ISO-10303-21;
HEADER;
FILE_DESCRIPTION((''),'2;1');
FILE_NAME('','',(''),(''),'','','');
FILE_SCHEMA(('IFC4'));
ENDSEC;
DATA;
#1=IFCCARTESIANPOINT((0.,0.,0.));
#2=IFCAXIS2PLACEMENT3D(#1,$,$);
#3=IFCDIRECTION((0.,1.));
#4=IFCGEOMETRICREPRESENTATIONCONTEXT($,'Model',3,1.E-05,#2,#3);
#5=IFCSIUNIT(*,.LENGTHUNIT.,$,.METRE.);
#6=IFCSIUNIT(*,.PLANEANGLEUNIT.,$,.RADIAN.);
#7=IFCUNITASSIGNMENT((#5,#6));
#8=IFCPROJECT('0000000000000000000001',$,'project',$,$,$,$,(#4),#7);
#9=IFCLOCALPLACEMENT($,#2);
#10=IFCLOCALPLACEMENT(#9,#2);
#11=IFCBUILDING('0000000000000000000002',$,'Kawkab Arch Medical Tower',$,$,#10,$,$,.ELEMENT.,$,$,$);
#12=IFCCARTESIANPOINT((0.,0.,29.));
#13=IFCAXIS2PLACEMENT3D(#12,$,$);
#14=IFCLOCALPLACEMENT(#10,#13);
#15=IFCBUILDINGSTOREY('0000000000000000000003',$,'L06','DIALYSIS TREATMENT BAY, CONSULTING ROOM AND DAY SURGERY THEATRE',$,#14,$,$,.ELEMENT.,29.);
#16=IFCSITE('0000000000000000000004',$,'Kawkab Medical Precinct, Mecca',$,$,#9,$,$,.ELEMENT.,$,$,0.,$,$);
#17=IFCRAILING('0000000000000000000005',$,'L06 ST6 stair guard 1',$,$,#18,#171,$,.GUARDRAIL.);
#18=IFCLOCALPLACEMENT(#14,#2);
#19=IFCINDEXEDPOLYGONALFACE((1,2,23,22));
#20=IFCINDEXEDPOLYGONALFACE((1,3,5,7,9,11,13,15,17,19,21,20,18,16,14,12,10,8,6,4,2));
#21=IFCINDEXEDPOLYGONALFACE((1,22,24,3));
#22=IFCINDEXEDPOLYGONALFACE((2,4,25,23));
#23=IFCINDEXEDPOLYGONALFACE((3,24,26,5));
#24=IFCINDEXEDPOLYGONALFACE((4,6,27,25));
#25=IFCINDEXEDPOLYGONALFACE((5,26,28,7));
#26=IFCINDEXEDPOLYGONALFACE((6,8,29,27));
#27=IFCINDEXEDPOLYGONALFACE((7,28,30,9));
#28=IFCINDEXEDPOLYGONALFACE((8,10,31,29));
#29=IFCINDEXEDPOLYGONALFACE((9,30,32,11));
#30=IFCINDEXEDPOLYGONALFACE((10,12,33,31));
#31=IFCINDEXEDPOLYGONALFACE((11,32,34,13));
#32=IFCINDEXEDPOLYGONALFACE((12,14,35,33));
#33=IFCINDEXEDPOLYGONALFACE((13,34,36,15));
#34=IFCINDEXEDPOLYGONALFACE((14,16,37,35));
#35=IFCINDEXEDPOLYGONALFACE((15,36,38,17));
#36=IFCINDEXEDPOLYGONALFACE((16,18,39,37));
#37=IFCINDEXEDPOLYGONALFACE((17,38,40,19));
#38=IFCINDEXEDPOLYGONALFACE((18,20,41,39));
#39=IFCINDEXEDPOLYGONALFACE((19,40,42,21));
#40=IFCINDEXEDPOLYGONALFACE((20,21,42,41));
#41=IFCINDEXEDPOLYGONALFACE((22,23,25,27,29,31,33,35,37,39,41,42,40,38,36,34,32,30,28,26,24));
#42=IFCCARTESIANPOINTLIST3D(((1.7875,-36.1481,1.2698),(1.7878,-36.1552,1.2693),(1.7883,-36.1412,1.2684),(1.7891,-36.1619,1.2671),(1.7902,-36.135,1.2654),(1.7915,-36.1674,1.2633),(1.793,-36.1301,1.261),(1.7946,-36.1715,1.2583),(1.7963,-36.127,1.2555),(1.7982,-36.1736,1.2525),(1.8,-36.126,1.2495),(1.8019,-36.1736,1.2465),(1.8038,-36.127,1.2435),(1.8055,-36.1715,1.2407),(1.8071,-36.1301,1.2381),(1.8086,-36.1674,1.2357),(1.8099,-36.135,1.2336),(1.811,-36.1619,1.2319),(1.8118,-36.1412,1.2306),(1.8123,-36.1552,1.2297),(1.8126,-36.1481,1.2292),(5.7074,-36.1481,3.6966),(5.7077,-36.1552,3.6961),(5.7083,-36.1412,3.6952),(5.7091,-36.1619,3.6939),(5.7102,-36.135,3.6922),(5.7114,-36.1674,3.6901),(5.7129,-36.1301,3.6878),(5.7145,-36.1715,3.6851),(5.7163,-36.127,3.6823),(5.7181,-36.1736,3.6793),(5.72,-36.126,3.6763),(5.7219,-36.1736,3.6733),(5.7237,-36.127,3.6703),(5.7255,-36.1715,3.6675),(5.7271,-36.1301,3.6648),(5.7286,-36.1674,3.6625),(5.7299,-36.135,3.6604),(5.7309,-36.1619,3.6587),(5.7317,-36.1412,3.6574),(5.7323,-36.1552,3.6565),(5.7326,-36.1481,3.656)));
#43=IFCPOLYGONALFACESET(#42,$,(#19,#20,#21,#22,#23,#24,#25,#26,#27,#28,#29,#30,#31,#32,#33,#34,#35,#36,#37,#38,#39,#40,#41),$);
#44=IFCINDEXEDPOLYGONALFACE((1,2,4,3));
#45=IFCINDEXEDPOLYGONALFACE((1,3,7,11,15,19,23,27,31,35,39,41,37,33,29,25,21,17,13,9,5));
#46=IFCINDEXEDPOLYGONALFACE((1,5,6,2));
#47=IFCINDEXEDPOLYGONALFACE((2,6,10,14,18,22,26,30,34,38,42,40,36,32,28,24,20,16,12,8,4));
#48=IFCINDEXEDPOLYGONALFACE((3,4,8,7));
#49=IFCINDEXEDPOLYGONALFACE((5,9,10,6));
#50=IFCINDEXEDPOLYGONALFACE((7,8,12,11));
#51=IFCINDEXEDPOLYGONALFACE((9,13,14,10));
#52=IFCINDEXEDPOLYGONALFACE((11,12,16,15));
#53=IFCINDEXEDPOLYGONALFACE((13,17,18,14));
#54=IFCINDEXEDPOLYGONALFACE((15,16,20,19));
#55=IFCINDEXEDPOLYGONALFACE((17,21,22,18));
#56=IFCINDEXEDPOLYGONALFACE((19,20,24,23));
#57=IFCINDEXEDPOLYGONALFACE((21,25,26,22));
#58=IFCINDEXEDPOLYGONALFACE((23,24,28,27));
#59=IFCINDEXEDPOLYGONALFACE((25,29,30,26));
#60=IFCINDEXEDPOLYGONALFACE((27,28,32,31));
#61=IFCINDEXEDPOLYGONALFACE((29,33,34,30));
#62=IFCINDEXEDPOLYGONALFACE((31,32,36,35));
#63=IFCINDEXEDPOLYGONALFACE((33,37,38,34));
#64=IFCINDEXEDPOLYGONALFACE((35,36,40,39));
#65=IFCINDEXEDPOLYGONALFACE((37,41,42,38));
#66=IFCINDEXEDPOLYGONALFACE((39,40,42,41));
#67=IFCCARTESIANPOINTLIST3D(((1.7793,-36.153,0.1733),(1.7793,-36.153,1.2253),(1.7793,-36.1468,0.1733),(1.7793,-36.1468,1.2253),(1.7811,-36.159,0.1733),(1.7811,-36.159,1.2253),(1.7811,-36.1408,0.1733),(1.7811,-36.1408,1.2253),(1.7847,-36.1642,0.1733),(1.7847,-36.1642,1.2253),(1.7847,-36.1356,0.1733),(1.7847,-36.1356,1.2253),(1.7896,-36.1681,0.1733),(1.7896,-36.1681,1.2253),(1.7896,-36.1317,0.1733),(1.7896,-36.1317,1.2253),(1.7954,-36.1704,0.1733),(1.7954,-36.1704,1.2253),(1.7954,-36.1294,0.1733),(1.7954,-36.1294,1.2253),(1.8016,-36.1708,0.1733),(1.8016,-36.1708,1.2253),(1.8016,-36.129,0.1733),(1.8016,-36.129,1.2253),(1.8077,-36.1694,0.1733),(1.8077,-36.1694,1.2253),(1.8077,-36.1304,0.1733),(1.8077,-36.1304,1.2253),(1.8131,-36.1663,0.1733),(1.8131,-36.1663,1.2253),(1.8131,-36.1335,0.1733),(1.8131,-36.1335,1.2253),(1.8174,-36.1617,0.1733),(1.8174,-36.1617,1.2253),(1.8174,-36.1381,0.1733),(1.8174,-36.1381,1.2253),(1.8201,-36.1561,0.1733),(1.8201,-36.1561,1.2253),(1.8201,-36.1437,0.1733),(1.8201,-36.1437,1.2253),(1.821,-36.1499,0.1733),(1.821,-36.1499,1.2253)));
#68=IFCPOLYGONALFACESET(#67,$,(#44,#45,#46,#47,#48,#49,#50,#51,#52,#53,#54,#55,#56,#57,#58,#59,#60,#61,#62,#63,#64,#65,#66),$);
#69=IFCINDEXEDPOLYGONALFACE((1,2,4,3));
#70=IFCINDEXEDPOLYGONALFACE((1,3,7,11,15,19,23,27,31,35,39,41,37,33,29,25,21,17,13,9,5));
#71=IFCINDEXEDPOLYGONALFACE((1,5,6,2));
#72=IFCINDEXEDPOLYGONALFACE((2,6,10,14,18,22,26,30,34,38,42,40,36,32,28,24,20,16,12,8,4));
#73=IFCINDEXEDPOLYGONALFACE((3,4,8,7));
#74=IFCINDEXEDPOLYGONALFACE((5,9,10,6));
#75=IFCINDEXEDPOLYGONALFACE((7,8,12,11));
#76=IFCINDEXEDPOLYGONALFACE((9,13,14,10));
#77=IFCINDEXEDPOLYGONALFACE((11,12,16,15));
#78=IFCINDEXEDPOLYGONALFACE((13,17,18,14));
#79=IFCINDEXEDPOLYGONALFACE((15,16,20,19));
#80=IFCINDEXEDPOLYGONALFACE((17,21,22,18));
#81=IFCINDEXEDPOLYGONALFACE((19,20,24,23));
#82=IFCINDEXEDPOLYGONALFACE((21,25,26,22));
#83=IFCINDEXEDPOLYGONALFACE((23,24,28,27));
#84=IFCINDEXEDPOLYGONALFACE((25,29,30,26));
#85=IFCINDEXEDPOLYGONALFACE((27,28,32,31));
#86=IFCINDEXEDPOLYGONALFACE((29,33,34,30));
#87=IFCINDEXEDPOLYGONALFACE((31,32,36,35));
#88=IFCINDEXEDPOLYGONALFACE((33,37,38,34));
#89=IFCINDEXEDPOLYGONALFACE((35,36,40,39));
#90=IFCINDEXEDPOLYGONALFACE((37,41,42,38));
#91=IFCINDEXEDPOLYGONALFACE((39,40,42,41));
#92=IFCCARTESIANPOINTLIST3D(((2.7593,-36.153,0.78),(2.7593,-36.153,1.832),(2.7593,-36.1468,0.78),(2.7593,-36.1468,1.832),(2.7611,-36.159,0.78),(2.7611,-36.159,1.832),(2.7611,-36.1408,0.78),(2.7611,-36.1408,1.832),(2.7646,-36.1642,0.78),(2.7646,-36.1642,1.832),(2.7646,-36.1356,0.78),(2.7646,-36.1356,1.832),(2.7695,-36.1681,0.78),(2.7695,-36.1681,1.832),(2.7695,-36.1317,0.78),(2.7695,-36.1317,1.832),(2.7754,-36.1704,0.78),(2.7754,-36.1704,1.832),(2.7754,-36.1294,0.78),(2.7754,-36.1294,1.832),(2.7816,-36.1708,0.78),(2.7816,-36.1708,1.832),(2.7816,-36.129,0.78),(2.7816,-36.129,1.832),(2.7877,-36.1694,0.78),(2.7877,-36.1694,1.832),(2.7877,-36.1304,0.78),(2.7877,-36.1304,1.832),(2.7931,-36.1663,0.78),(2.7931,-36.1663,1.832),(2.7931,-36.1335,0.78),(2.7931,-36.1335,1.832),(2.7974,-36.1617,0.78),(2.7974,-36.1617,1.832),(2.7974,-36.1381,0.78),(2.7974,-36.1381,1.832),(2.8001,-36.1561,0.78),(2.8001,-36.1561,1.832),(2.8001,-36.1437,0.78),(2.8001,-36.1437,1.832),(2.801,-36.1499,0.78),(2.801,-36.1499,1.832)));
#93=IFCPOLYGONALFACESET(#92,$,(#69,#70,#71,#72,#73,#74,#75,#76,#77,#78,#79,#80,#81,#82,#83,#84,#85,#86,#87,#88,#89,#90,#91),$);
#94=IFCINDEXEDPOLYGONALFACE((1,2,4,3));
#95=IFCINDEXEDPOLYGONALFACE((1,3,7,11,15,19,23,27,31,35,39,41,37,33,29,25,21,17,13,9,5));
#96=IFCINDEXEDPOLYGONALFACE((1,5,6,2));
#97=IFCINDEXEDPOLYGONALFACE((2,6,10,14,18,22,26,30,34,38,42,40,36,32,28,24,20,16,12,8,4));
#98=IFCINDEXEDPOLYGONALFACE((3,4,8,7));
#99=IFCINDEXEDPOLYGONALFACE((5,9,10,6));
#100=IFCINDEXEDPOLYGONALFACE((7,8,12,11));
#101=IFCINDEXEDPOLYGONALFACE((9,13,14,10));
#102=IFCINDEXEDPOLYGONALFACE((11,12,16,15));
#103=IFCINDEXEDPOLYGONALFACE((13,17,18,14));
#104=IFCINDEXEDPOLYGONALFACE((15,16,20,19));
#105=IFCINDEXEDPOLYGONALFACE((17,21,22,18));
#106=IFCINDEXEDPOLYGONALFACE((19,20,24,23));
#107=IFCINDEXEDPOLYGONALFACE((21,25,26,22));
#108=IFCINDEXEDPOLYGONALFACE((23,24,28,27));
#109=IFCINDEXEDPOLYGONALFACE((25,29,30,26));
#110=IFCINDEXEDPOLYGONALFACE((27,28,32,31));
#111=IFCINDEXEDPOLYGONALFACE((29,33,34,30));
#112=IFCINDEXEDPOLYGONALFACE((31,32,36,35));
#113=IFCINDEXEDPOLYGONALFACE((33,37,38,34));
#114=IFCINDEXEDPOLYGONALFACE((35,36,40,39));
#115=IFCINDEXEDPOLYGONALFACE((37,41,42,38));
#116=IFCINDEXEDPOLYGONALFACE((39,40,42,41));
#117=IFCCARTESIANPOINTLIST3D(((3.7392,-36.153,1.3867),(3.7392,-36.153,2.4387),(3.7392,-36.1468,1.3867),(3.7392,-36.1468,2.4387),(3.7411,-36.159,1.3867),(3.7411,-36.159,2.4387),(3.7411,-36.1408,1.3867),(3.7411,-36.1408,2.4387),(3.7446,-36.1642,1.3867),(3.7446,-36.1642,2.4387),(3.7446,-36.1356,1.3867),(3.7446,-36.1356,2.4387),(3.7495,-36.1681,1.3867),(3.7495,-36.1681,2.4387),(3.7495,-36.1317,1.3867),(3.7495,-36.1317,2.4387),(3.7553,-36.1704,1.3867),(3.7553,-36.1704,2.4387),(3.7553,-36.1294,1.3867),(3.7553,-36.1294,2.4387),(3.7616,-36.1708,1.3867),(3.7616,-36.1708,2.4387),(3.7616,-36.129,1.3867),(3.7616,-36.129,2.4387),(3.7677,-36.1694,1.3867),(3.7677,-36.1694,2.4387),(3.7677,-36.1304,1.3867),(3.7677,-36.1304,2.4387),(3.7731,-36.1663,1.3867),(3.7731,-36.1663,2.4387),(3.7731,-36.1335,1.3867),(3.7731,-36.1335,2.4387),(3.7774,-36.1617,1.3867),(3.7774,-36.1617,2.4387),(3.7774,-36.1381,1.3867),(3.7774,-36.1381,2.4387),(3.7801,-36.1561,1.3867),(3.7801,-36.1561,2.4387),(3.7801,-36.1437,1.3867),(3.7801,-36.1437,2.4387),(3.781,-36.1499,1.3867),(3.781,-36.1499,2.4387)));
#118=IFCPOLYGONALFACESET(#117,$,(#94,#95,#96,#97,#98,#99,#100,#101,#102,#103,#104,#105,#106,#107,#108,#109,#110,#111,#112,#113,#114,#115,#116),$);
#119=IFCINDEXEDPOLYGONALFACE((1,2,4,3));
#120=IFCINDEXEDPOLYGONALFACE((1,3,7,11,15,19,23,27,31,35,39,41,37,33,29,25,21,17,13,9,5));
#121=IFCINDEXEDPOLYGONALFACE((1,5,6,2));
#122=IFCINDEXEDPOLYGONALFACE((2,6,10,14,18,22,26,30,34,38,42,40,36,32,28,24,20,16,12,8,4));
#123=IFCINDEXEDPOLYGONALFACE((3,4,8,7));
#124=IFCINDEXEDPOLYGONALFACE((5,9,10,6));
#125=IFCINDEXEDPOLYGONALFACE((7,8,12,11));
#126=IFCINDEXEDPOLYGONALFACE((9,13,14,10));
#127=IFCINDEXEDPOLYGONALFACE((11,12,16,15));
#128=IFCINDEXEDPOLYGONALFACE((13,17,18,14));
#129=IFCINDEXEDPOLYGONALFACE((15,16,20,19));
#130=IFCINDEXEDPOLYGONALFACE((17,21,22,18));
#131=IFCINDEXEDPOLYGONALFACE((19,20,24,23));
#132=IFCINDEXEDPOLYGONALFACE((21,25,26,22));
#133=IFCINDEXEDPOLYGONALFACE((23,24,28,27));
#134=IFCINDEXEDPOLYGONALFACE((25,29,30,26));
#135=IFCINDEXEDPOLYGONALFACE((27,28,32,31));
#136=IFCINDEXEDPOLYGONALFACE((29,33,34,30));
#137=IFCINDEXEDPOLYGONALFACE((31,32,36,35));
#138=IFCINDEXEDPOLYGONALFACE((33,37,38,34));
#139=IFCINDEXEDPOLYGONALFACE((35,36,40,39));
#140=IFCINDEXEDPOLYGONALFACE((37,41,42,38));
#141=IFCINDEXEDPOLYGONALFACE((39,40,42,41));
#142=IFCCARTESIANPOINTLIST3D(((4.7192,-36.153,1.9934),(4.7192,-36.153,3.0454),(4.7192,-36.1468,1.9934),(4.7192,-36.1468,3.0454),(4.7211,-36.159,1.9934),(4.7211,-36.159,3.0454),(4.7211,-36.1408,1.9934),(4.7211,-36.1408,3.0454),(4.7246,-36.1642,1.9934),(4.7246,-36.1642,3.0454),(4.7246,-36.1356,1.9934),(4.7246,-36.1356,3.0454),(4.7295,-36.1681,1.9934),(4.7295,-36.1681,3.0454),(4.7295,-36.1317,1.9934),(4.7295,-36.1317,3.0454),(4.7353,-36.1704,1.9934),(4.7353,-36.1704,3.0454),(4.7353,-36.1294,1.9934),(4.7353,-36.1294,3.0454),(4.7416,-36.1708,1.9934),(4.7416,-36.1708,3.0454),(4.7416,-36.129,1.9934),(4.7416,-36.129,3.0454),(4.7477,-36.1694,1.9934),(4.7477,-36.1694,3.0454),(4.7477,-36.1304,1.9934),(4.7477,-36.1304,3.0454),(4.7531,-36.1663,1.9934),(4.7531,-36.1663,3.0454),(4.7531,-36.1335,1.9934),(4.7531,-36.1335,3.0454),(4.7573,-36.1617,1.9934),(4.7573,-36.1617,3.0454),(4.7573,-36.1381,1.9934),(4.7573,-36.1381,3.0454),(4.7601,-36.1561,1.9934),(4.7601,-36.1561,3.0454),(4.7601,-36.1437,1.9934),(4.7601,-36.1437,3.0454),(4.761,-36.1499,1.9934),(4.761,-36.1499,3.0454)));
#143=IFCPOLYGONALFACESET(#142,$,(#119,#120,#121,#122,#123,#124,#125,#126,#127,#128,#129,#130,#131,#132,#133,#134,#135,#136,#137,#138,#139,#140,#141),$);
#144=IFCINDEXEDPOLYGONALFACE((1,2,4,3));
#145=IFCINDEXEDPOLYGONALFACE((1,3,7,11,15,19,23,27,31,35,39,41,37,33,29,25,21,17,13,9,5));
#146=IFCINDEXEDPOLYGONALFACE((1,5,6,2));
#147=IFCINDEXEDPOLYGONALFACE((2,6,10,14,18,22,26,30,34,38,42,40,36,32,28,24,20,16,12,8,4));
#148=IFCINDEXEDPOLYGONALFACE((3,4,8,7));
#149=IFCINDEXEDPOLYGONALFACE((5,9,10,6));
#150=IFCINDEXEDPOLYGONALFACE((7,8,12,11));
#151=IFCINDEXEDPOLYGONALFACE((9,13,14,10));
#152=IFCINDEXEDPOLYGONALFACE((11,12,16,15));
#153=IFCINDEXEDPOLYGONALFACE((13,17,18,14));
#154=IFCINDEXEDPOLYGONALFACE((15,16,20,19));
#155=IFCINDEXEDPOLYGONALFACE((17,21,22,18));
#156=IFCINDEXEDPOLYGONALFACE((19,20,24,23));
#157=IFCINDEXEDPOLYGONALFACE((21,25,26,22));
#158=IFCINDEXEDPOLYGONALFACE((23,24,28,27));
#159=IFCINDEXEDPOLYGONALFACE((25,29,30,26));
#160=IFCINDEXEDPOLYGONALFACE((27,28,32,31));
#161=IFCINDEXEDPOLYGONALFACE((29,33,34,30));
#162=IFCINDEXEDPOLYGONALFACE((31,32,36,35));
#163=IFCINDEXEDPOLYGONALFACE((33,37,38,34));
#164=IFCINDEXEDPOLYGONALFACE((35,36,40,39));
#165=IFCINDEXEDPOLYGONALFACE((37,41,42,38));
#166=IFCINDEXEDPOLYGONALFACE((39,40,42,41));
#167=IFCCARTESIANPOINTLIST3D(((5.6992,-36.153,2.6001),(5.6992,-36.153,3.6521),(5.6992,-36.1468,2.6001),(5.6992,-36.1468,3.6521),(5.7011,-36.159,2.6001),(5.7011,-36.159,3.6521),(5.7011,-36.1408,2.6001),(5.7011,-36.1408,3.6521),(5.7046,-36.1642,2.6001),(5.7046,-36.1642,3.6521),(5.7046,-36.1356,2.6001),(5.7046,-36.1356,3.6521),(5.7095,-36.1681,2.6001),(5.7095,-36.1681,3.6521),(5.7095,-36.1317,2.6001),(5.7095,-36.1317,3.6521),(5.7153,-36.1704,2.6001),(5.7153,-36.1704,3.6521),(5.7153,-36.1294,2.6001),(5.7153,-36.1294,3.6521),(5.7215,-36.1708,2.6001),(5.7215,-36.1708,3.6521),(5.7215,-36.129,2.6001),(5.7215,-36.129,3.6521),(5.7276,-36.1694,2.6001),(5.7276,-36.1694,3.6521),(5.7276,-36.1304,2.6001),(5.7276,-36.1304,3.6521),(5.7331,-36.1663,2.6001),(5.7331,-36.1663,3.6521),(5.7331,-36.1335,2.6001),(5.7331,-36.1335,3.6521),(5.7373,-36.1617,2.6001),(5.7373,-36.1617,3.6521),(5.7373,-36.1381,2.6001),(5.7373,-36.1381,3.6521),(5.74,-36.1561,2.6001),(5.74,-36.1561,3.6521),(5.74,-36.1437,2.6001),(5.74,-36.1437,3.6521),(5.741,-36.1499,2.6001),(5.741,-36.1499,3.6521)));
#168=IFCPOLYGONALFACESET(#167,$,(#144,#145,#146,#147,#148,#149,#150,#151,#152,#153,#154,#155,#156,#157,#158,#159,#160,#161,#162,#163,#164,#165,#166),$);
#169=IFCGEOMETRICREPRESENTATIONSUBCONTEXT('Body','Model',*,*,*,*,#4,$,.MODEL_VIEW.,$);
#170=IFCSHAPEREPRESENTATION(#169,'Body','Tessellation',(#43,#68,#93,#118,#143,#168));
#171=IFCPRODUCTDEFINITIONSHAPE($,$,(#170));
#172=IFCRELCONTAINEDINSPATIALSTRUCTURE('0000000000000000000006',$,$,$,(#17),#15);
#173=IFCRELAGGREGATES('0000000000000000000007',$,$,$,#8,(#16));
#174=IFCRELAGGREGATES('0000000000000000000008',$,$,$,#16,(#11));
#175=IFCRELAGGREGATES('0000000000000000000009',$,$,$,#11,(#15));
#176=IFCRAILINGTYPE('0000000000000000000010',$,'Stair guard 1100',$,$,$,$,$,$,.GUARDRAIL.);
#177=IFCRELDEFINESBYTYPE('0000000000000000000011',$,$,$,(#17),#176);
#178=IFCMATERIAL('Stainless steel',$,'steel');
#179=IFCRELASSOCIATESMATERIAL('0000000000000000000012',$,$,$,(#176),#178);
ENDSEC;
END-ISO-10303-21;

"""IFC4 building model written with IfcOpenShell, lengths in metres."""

from ifc_helpers import new_model, si_unit, direction, frame, origin, origin_2d, place, context, subcontext, project, spatial, circle, extrude, material, type_object, element, save


model = new_model("IFC4")

# Units and contexts
model_context = context("Model", 3, precision=1e-05, world=origin(), true_north=direction((0.0, 1.0)))
body_context = subcontext(model_context, "Body", "Model", "MODEL_VIEW")
ifc_project = project(units=[si_unit("LENGTHUNIT", "METRE"), si_unit("PLANEANGLEUNIT", "RADIAN")], contexts=[model_context])

# Site, building, storey
site_placement = place(None, origin())
site = spatial("IfcSite", under=ifc_project, at=site_placement, Name="Kawkab Medical Precinct, Mecca", CompositionType="ELEMENT", RefElevation=0.0)
building_placement = place(site_placement, origin())
building = spatial("IfcBuilding", under=site, at=building_placement, Name="Kawkab Arch Medical Tower", CompositionType="ELEMENT")
storey_placement = place(building_placement, frame((0.0, 0.0, 29.0)))
storey = spatial("IfcBuildingStorey", under=building, at=storey_placement, Name="L06", Description="DIALYSIS TREATMENT BAY, CONSULTING ROOM AND DAY SURGERY THEATRE", CompositionType="ELEMENT", Elevation=29.0)

# Railing
ifc_material_1 = material(Name="Stainless steel", Category="steel")
railing_type = type_object("IfcRailingType", Name="Stair guard 1100", PredefinedType="GUARDRAIL", material=ifc_material_1)
railing_1_placement = place(storey_placement, frame((1.8, -36.1499, 0.1733)))
element("IfcRailing", 1, at=railing_1_placement, inside=storey, type_object=railing_type, Name="L06 ST6 stair guard 1", PredefinedType="GUARDRAIL", context=body_context, shape_type="SweptSolid", body=[
    extrude(circle(Radius=0.0239, at=origin_2d()), frame((0.0, 0.0, 1.0762), z_axis=(0.850252, 0.0, 0.526376), x_axis=(0.0, 1.0, 0.0)), (0.0, 0.0, 1.0), 4.6104),
    extrude(circle(Radius=0.021, at=origin_2d()), origin(), (0.0, 0.0, 1.0), 1.052),
    extrude(circle(Radius=0.021, at=origin_2d()), frame((0.98, 0.0, 0.6067)), (0.0, 0.0, 1.0), 1.052),
    extrude(circle(Radius=0.021, at=origin_2d()), frame((1.96, 0.0, 1.2134)), (0.0, 0.0, 1.0), 1.052),
    extrude(circle(Radius=0.021, at=origin_2d()), frame((2.9399, 0.0, 1.8201)), (0.0, 0.0, 1.0), 1.052),
    extrude(circle(Radius=0.021, at=origin_2d()), frame((3.9199, 0.0, 2.4268)), (0.0, 0.0, 1.0), 1.052),
])

save(model, "model.ifc")
